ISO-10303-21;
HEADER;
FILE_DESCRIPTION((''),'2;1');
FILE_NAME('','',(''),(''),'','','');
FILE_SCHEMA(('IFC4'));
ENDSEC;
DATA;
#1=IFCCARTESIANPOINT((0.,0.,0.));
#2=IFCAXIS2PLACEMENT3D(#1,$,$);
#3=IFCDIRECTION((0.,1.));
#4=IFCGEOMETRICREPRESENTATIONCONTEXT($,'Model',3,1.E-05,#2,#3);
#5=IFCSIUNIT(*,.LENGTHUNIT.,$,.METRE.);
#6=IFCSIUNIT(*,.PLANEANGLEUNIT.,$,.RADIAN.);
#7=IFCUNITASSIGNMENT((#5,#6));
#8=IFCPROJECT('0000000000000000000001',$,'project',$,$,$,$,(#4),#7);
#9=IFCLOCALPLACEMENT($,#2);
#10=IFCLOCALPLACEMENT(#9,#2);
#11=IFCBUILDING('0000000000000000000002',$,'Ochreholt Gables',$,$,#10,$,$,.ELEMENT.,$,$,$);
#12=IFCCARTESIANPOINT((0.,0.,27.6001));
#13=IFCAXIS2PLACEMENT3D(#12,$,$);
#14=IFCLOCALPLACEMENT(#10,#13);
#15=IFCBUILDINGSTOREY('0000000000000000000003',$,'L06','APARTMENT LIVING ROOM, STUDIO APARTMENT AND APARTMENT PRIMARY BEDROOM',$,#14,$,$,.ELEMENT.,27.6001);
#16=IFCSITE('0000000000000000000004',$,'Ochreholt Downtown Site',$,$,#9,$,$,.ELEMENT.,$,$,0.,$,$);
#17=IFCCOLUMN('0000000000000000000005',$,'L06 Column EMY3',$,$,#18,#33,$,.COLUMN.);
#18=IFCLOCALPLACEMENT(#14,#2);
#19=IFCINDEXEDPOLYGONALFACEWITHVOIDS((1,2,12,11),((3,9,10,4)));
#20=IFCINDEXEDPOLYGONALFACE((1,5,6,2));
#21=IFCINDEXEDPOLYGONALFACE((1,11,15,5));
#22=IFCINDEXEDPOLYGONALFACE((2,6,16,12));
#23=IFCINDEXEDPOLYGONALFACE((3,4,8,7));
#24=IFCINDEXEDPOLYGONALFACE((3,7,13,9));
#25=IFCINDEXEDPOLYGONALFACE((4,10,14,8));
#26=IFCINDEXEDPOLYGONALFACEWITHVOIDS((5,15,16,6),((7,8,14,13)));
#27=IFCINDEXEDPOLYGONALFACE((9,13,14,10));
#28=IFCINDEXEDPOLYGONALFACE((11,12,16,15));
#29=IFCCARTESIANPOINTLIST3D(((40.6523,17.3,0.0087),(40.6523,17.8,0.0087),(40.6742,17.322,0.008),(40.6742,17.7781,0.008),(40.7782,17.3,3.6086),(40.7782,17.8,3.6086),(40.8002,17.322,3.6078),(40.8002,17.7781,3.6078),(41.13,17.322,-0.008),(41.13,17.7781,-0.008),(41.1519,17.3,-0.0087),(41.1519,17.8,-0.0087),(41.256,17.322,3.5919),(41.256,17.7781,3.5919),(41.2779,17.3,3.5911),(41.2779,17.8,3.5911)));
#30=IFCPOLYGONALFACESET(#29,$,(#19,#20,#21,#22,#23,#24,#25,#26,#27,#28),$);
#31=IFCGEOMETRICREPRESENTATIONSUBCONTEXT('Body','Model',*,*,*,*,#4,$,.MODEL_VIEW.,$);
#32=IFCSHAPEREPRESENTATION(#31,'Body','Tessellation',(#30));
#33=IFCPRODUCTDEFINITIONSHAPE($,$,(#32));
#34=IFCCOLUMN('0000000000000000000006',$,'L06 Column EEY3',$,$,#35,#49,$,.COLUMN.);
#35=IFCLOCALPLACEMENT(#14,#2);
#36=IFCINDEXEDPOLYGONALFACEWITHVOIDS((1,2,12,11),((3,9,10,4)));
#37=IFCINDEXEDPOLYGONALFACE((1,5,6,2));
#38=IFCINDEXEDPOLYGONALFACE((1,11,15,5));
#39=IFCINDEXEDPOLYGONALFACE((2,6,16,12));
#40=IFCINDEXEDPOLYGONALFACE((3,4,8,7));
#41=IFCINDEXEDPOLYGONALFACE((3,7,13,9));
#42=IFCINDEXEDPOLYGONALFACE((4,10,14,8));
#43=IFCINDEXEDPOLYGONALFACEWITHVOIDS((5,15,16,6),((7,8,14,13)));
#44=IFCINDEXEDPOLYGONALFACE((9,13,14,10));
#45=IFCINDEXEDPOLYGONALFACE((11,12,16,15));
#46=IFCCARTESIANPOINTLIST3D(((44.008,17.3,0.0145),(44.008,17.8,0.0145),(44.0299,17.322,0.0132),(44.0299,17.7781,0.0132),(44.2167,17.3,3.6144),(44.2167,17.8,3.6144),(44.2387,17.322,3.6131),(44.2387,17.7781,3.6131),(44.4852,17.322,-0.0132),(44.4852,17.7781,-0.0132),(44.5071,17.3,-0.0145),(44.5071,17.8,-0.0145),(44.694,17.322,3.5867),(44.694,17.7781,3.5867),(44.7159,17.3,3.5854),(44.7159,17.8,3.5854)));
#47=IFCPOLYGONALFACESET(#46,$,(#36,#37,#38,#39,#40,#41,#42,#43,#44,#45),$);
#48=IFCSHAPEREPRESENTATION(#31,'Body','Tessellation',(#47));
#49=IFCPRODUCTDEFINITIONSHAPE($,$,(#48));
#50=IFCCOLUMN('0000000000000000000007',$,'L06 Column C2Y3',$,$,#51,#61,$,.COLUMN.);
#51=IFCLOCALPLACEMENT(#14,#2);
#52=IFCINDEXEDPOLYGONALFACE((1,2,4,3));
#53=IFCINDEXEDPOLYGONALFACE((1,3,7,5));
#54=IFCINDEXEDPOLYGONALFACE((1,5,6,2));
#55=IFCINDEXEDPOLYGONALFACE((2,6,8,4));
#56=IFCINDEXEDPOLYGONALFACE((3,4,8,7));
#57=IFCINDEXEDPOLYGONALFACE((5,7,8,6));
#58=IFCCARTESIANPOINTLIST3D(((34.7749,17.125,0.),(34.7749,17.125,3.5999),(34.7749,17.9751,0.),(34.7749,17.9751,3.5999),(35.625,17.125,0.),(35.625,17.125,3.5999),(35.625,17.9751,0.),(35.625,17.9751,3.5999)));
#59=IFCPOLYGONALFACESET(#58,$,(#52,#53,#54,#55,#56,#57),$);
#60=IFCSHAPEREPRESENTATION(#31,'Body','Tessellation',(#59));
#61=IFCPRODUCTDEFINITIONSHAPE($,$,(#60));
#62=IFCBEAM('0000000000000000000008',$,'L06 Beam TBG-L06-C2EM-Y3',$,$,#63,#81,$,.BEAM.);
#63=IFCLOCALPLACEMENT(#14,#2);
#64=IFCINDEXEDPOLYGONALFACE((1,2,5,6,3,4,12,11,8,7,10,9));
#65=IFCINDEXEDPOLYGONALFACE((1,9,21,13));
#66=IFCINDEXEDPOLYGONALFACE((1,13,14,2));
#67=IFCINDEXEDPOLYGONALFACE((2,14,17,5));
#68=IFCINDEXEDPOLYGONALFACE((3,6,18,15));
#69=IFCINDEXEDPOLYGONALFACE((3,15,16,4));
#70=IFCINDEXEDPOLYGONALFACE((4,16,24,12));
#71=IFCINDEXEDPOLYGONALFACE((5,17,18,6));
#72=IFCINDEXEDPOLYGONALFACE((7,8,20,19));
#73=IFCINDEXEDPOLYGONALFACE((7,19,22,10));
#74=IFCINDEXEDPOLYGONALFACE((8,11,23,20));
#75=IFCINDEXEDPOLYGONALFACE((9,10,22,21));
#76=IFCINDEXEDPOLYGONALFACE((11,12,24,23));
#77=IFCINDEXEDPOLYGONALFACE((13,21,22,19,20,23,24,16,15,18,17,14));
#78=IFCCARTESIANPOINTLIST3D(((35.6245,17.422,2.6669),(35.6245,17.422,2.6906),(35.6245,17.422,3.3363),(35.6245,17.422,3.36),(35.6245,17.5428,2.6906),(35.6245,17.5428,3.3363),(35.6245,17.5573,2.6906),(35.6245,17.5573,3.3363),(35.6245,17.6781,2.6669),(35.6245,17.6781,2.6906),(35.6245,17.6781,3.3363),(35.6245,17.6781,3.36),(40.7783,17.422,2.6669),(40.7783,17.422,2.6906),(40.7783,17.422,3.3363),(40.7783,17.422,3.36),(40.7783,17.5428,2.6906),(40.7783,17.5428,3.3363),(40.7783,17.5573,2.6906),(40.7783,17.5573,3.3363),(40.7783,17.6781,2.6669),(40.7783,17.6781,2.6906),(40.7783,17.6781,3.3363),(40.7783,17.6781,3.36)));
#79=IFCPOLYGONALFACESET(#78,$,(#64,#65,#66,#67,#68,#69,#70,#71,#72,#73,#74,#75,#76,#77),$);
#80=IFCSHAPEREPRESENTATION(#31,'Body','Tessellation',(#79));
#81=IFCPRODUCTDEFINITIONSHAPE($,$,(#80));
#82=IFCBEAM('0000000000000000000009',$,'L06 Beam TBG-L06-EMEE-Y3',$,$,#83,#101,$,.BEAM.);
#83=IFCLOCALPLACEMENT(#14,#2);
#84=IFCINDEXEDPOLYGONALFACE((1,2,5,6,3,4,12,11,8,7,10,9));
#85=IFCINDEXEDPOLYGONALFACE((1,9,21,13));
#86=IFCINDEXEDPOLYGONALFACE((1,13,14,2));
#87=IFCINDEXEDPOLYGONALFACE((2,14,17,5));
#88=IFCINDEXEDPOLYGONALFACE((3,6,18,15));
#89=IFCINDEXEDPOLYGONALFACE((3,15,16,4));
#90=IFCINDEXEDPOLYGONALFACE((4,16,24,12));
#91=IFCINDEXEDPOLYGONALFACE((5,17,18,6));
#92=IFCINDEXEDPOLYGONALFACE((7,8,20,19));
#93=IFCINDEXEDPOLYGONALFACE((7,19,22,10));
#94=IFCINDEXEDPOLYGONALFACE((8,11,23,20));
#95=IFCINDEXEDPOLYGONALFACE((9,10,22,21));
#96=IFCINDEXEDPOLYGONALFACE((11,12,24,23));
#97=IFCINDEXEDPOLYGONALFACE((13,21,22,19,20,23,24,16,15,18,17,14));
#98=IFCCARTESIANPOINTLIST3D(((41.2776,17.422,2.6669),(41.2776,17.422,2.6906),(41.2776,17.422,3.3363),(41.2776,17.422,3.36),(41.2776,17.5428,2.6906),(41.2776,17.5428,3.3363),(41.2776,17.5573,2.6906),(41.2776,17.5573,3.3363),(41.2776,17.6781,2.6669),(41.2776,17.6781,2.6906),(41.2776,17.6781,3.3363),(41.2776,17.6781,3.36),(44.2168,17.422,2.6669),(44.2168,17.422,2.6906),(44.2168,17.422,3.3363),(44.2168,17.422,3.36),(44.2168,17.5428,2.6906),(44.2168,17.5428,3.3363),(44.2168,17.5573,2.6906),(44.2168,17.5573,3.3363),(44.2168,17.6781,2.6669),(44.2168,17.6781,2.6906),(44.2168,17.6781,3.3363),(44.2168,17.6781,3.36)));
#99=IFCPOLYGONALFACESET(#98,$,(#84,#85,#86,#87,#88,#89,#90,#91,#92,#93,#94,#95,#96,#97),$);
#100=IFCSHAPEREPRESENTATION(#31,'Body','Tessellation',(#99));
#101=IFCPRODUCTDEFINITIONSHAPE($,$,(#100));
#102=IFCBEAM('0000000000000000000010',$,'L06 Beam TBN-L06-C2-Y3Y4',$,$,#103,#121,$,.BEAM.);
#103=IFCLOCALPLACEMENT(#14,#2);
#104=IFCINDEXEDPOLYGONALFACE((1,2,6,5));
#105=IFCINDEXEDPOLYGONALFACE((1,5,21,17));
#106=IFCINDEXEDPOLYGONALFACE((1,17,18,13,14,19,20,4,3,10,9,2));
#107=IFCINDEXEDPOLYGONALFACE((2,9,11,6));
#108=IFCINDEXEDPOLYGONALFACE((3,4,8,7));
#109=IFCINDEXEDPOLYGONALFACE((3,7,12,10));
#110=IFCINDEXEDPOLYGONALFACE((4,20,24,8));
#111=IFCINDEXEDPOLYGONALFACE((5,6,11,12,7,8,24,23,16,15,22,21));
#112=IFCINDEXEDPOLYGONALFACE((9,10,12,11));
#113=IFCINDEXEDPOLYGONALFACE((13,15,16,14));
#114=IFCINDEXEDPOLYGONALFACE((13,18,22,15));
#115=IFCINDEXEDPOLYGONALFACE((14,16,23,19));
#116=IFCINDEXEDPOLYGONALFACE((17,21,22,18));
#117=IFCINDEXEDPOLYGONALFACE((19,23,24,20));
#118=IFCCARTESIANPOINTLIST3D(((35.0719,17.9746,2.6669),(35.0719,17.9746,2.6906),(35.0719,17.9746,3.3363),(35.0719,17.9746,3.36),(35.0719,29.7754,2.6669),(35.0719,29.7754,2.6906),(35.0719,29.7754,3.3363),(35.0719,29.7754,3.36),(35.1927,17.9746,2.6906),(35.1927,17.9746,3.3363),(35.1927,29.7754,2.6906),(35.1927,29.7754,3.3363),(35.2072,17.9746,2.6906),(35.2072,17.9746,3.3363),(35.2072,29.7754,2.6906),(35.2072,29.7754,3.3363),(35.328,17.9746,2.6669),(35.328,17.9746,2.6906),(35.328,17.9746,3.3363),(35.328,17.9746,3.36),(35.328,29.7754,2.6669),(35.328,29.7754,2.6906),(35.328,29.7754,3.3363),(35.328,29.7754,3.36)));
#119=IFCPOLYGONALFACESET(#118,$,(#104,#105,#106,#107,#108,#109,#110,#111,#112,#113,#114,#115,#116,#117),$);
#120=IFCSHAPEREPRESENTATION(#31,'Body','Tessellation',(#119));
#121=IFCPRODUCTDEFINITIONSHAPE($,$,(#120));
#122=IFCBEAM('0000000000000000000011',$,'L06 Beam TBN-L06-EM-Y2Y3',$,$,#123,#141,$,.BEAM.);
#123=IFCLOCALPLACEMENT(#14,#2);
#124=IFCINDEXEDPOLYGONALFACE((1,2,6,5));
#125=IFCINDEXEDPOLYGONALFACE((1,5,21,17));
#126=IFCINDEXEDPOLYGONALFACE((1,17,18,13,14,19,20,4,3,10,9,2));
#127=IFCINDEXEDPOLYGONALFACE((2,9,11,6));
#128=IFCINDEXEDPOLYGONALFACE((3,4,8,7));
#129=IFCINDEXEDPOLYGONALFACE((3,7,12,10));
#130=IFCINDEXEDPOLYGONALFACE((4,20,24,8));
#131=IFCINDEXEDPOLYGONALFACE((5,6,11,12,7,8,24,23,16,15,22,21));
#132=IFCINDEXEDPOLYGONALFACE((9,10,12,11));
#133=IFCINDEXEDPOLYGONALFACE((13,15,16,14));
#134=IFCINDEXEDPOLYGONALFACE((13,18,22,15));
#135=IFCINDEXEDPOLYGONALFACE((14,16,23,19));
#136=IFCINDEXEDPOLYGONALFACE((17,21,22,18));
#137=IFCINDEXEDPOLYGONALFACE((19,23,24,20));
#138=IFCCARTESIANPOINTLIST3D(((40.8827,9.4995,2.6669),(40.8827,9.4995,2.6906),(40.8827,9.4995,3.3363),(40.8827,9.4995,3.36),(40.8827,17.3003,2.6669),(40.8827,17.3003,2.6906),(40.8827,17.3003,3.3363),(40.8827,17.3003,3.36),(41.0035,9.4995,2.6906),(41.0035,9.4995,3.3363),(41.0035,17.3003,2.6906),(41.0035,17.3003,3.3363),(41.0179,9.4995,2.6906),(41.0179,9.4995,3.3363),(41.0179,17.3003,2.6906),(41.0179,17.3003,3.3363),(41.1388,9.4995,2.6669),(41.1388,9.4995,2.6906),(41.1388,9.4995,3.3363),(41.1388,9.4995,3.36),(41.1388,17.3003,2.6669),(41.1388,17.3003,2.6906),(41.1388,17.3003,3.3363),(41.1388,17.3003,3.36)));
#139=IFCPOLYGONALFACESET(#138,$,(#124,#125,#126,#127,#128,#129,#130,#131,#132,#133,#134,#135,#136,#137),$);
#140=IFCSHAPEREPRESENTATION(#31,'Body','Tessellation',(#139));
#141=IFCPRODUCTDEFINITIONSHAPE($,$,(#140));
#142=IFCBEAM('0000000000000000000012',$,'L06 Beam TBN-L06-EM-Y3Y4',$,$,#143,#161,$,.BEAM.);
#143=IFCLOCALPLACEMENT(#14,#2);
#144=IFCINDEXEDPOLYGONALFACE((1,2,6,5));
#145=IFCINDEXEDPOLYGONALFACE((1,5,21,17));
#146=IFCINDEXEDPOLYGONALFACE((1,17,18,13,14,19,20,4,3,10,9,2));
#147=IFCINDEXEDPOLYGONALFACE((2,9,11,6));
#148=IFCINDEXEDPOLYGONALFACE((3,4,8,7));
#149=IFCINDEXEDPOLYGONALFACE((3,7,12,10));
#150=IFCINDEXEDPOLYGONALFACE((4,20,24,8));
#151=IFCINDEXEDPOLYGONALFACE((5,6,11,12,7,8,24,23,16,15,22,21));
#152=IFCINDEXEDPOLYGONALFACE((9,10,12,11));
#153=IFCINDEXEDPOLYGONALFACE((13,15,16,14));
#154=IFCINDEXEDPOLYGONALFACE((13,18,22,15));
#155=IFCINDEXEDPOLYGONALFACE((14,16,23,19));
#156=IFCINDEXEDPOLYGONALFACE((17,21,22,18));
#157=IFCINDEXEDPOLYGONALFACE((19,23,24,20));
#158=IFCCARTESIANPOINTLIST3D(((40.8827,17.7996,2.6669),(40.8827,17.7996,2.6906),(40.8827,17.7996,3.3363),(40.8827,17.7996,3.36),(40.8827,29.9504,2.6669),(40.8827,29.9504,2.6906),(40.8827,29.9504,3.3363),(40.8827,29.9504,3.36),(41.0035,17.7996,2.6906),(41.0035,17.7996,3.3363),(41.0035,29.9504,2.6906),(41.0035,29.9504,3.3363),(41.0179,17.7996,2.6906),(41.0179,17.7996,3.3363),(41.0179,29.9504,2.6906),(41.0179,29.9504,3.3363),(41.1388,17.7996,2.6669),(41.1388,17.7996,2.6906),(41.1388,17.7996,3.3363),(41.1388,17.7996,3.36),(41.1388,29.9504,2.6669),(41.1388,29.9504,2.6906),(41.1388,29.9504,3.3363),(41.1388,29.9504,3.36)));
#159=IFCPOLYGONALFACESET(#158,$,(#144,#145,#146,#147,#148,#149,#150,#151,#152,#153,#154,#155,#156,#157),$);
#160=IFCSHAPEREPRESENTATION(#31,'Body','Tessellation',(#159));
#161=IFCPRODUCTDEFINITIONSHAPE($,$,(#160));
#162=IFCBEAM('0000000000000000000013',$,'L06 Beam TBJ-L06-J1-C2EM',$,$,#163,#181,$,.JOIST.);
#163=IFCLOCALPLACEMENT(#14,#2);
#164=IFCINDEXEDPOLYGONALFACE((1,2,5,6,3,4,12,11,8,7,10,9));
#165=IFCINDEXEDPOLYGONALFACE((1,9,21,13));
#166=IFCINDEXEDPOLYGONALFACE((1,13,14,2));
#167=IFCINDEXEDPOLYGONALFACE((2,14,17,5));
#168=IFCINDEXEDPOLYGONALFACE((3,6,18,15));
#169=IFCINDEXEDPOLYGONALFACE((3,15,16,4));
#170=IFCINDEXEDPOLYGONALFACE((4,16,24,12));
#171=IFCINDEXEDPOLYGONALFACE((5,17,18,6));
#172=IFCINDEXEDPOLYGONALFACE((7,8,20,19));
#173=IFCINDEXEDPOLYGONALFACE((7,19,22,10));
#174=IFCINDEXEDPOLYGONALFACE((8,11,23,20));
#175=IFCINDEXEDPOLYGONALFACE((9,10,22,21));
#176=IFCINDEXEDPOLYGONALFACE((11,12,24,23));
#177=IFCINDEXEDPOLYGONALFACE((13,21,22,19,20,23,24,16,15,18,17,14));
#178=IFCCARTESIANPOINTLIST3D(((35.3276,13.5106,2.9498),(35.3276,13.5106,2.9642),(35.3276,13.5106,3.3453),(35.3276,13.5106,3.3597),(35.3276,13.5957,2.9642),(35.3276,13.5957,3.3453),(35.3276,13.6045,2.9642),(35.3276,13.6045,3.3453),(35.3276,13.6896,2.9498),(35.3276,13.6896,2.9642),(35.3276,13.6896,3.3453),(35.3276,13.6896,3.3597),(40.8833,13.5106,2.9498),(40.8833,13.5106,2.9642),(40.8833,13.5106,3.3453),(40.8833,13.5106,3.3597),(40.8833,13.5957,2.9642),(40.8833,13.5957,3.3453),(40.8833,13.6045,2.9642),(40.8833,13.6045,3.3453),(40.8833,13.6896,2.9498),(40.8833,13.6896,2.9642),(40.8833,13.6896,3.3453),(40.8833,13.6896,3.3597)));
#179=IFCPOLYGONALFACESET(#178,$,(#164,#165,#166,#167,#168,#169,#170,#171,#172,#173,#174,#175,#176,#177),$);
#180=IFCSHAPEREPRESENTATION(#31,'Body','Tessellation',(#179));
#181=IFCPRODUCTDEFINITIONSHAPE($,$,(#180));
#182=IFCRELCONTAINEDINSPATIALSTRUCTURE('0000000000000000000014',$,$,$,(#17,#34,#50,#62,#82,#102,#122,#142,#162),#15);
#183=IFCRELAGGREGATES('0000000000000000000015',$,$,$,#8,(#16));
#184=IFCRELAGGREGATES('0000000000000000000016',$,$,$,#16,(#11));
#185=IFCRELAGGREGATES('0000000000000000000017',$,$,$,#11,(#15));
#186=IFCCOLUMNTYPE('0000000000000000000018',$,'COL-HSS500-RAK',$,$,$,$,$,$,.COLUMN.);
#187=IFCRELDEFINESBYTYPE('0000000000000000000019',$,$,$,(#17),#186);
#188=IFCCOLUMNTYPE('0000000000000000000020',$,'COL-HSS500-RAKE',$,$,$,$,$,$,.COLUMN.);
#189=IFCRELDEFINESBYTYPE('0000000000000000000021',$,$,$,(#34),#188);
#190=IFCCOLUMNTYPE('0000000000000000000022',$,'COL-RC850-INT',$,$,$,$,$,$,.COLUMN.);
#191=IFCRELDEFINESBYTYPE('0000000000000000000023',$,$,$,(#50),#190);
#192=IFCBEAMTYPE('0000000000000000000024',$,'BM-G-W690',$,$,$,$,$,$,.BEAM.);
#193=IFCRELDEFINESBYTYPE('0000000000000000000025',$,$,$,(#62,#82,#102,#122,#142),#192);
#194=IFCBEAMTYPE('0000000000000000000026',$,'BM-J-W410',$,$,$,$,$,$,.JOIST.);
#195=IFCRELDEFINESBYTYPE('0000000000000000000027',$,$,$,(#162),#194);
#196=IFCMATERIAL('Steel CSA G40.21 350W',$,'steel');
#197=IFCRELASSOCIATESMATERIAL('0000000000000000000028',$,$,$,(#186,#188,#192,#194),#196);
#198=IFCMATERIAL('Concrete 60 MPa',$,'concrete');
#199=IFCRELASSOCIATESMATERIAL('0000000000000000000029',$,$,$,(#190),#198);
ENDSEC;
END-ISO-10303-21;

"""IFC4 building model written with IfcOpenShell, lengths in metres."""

from ifc_helpers import new_model, si_unit, direction, frame, origin, origin_2d, place, context, subcontext, project, spatial, rectangle, hollow_rectangle, i_section, extrude, material, material_profile, profile_set, type_object, element, save


model = new_model("IFC4")

# Units and contexts
model_context = context("Model", 3, precision=1e-05, world=origin(), true_north=direction((0.0, 1.0)))
body_context = subcontext(model_context, "Body", "Model", "MODEL_VIEW")
ifc_project = project(units=[si_unit("LENGTHUNIT", "METRE"), si_unit("PLANEANGLEUNIT", "RADIAN")], contexts=[model_context])

# Site, building, storey
site_placement = place(None, origin())
site = spatial("IfcSite", under=ifc_project, at=site_placement, Name="Ochreholt Downtown Site", CompositionType="ELEMENT", RefElevation=0.0)
building_placement = place(site_placement, origin())
building = spatial("IfcBuilding", under=site, at=building_placement, Name="Ochreholt Gables", CompositionType="ELEMENT")
storey_placement = place(building_placement, frame((0.0, 0.0, 27.6001)))
storey = spatial("IfcBuildingStorey", under=building, at=storey_placement, Name="L06", Description="APARTMENT LIVING ROOM, STUDIO APARTMENT AND APARTMENT PRIMARY BEDROOM", CompositionType="ELEMENT", Elevation=27.6001)

# Columns
ifc_material_1 = material(Name="Steel CSA G40.21 350W", Category="steel")
ifc_material_profile_1 = material_profile(ifc_material_1, hollow_rectangle(XDim=0.5, YDim=0.5, WallThickness=0.022, at=origin_2d()), Name="HSS500X500X22")
ifc_profile_set_1 = profile_set([ifc_material_profile_1], Name="Steel CSA G40.21 350W")
column_type_1 = type_object("IfcColumnType", Name="COL-HSS500-RAK", PredefinedType="COLUMN", material=ifc_profile_set_1)
column_1_placement = place(storey_placement, frame((40.9021, 17.55, 0.0), z_axis=(0.034974, 0.0, 0.999388), x_axis=(0.0, 1.0, 0.0)))
element("IfcColumn", 1, at=column_1_placement, inside=storey, type_object=column_type_1, Name="L06 Column EMY3", PredefinedType="COLUMN", context=body_context, shape_type="SweptSolid", body=[
    extrude(hollow_rectangle(XDim=0.5, YDim=0.5, WallThickness=0.022, at=origin_2d()), origin(), (0.0, 0.0, 1.0), 3.6021),
])
ifc_material_profile_2 = material_profile(ifc_material_1, hollow_rectangle(XDim=0.5, YDim=0.5, WallThickness=0.022, at=origin_2d()), Name="HSS500X500X22")
ifc_profile_set_2 = profile_set([ifc_material_profile_2], Name="Steel CSA G40.21 350W")
column_type_2 = type_object("IfcColumnType", Name="COL-HSS500-RAKE", PredefinedType="COLUMN", material=ifc_profile_set_2)
column_2_placement = place(storey_placement, frame((44.2576, 17.55, 0.0), z_axis=(0.057889, 0.0, 0.998323), x_axis=(0.0, 1.0, 0.0)))
element("IfcColumn", 2, at=column_2_placement, inside=storey, type_object=column_type_2, Name="L06 Column EEY3", PredefinedType="COLUMN", context=body_context, shape_type="SweptSolid", body=[
    extrude(hollow_rectangle(XDim=0.5, YDim=0.5, WallThickness=0.022, at=origin_2d()), origin(), (0.0, 0.0, 1.0), 3.606),
])
ifc_material_2 = material(Name="Concrete 60 MPa", Category="concrete")
ifc_material_profile_3 = material_profile(ifc_material_2, rectangle(XDim=0.8501, YDim=0.8501, at=origin_2d()), Name="RC850X850")
ifc_profile_set_3 = profile_set([ifc_material_profile_3], Name="Concrete 60 MPa")
column_type_3 = type_object("IfcColumnType", Name="COL-RC850-INT", PredefinedType="COLUMN", material=ifc_profile_set_3)
column_3_placement = place(storey_placement, frame((35.2, 17.55, 0.0), z_axis=(0.0, 0.0, 1.0), x_axis=(1.0, 0.0, 0.0)))
element("IfcColumn", 3, at=column_3_placement, inside=storey, type_object=column_type_3, Name="L06 Column C2Y3", PredefinedType="COLUMN", context=body_context, shape_type="SweptSolid", body=[
    extrude(rectangle(XDim=0.8501, YDim=0.8501, at=origin_2d()), origin(), (0.0, 0.0, 1.0), 3.5999),
])

# Beams
ifc_material_profile_4 = material_profile(ifc_material_1, i_section(OverallWidth=0.2561, OverallDepth=0.6931, WebThickness=0.0144, FlangeThickness=0.0237, at=origin_2d()), Name="W690X170")
ifc_profile_set_4 = profile_set([ifc_material_profile_4], Name="Steel CSA G40.21 350W")
beam_type_1 = type_object("IfcBeamType", Name="BM-G-W690", PredefinedType="BEAM", material=ifc_profile_set_4)
beam_1_placement = place(storey_placement, frame((35.6245, 17.55, 3.0134), z_axis=(1.0, 0.0, 0.0), x_axis=(0.0, 1.0, 0.0)))
element("IfcBeam", 4, at=beam_1_placement, inside=storey, type_object=beam_type_1, Name="L06 Beam TBG-L06-C2EM-Y3", PredefinedType="BEAM", context=body_context, shape_type="SweptSolid", body=[
    extrude(i_section(OverallWidth=0.2561, OverallDepth=0.6931, WebThickness=0.0144, FlangeThickness=0.0237, at=origin_2d()), origin(), (0.0, 0.0, 1.0), 5.1538),
])
beam_2_placement = place(storey_placement, frame((41.2776, 17.55, 3.0134), z_axis=(1.0, 0.0, 0.0), x_axis=(0.0, 1.0, 0.0)))
element("IfcBeam", 5, at=beam_2_placement, inside=storey, type_object=beam_type_1, Name="L06 Beam TBG-L06-EMEE-Y3", PredefinedType="BEAM", context=body_context, shape_type="SweptSolid", body=[
    extrude(i_section(OverallWidth=0.2561, OverallDepth=0.6931, WebThickness=0.0144, FlangeThickness=0.0237, at=origin_2d()), origin(), (0.0, 0.0, 1.0), 2.9392),
])
beam_3_placement = place(storey_placement, frame((35.2, 17.9746, 3.0134), z_axis=(0.0, 1.0, 0.0), x_axis=(-1.0, 0.0, 0.0)))
element("IfcBeam", 6, at=beam_3_placement, inside=storey, type_object=beam_type_1, Name="L06 Beam TBN-L06-C2-Y3Y4", PredefinedType="BEAM", context=body_context, shape_type="SweptSolid", body=[
    extrude(i_section(OverallWidth=0.2561, OverallDepth=0.6931, WebThickness=0.0144, FlangeThickness=0.0237, at=origin_2d()), origin(), (0.0, 0.0, 1.0), 11.8008),
])
beam_4_placement = place(storey_placement, frame((41.0107, 9.4995, 3.0134), z_axis=(0.0, 1.0, 0.0), x_axis=(-1.0, 0.0, 0.0)))
element("IfcBeam", 7, at=beam_4_placement, inside=storey, type_object=beam_type_1, Name="L06 Beam TBN-L06-EM-Y2Y3", PredefinedType="BEAM", context=body_context, shape_type="SweptSolid", body=[
    extrude(i_section(OverallWidth=0.2561, OverallDepth=0.6931, WebThickness=0.0144, FlangeThickness=0.0237, at=origin_2d()), origin(), (0.0, 0.0, 1.0), 7.8008),
])
beam_5_placement = place(storey_placement, frame((41.0107, 17.7996, 3.0134), z_axis=(0.0, 1.0, 0.0), x_axis=(-1.0, 0.0, 0.0)))
element("IfcBeam", 8, at=beam_5_placement, inside=storey, type_object=beam_type_1, Name="L06 Beam TBN-L06-EM-Y3Y4", PredefinedType="BEAM", context=body_context, shape_type="SweptSolid", body=[
    extrude(i_section(OverallWidth=0.2561, OverallDepth=0.6931, WebThickness=0.0144, FlangeThickness=0.0237, at=origin_2d()), origin(), (0.0, 0.0, 1.0), 12.1509),
])
ifc_material_profile_5 = material_profile(ifc_material_1, i_section(OverallWidth=0.179, OverallDepth=0.4099, WebThickness=0.0088, FlangeThickness=0.0144, at=origin_2d()), Name="W410X67")
ifc_profile_set_5 = profile_set([ifc_material_profile_5], Name="Steel CSA G40.21 350W")
beam_type_2 = type_object("IfcBeamType", Name="BM-J-W410", PredefinedType="JOIST", material=ifc_profile_set_5)
beam_6_placement = place(storey_placement, frame((35.3276, 13.6001, 3.1548), z_axis=(1.0, 0.0, 0.0), x_axis=(0.0, 1.0, 0.0)))
element("IfcBeam", 9, at=beam_6_placement, inside=storey, type_object=beam_type_2, Name="L06 Beam TBJ-L06-J1-C2EM", PredefinedType="JOIST", context=body_context, shape_type="SweptSolid", body=[
    extrude(i_section(OverallWidth=0.179, OverallDepth=0.4099, WebThickness=0.0088, FlangeThickness=0.0144, at=origin_2d()), origin(), (0.0, 0.0, 1.0), 5.5557),
])

save(model, "model.ifc")
